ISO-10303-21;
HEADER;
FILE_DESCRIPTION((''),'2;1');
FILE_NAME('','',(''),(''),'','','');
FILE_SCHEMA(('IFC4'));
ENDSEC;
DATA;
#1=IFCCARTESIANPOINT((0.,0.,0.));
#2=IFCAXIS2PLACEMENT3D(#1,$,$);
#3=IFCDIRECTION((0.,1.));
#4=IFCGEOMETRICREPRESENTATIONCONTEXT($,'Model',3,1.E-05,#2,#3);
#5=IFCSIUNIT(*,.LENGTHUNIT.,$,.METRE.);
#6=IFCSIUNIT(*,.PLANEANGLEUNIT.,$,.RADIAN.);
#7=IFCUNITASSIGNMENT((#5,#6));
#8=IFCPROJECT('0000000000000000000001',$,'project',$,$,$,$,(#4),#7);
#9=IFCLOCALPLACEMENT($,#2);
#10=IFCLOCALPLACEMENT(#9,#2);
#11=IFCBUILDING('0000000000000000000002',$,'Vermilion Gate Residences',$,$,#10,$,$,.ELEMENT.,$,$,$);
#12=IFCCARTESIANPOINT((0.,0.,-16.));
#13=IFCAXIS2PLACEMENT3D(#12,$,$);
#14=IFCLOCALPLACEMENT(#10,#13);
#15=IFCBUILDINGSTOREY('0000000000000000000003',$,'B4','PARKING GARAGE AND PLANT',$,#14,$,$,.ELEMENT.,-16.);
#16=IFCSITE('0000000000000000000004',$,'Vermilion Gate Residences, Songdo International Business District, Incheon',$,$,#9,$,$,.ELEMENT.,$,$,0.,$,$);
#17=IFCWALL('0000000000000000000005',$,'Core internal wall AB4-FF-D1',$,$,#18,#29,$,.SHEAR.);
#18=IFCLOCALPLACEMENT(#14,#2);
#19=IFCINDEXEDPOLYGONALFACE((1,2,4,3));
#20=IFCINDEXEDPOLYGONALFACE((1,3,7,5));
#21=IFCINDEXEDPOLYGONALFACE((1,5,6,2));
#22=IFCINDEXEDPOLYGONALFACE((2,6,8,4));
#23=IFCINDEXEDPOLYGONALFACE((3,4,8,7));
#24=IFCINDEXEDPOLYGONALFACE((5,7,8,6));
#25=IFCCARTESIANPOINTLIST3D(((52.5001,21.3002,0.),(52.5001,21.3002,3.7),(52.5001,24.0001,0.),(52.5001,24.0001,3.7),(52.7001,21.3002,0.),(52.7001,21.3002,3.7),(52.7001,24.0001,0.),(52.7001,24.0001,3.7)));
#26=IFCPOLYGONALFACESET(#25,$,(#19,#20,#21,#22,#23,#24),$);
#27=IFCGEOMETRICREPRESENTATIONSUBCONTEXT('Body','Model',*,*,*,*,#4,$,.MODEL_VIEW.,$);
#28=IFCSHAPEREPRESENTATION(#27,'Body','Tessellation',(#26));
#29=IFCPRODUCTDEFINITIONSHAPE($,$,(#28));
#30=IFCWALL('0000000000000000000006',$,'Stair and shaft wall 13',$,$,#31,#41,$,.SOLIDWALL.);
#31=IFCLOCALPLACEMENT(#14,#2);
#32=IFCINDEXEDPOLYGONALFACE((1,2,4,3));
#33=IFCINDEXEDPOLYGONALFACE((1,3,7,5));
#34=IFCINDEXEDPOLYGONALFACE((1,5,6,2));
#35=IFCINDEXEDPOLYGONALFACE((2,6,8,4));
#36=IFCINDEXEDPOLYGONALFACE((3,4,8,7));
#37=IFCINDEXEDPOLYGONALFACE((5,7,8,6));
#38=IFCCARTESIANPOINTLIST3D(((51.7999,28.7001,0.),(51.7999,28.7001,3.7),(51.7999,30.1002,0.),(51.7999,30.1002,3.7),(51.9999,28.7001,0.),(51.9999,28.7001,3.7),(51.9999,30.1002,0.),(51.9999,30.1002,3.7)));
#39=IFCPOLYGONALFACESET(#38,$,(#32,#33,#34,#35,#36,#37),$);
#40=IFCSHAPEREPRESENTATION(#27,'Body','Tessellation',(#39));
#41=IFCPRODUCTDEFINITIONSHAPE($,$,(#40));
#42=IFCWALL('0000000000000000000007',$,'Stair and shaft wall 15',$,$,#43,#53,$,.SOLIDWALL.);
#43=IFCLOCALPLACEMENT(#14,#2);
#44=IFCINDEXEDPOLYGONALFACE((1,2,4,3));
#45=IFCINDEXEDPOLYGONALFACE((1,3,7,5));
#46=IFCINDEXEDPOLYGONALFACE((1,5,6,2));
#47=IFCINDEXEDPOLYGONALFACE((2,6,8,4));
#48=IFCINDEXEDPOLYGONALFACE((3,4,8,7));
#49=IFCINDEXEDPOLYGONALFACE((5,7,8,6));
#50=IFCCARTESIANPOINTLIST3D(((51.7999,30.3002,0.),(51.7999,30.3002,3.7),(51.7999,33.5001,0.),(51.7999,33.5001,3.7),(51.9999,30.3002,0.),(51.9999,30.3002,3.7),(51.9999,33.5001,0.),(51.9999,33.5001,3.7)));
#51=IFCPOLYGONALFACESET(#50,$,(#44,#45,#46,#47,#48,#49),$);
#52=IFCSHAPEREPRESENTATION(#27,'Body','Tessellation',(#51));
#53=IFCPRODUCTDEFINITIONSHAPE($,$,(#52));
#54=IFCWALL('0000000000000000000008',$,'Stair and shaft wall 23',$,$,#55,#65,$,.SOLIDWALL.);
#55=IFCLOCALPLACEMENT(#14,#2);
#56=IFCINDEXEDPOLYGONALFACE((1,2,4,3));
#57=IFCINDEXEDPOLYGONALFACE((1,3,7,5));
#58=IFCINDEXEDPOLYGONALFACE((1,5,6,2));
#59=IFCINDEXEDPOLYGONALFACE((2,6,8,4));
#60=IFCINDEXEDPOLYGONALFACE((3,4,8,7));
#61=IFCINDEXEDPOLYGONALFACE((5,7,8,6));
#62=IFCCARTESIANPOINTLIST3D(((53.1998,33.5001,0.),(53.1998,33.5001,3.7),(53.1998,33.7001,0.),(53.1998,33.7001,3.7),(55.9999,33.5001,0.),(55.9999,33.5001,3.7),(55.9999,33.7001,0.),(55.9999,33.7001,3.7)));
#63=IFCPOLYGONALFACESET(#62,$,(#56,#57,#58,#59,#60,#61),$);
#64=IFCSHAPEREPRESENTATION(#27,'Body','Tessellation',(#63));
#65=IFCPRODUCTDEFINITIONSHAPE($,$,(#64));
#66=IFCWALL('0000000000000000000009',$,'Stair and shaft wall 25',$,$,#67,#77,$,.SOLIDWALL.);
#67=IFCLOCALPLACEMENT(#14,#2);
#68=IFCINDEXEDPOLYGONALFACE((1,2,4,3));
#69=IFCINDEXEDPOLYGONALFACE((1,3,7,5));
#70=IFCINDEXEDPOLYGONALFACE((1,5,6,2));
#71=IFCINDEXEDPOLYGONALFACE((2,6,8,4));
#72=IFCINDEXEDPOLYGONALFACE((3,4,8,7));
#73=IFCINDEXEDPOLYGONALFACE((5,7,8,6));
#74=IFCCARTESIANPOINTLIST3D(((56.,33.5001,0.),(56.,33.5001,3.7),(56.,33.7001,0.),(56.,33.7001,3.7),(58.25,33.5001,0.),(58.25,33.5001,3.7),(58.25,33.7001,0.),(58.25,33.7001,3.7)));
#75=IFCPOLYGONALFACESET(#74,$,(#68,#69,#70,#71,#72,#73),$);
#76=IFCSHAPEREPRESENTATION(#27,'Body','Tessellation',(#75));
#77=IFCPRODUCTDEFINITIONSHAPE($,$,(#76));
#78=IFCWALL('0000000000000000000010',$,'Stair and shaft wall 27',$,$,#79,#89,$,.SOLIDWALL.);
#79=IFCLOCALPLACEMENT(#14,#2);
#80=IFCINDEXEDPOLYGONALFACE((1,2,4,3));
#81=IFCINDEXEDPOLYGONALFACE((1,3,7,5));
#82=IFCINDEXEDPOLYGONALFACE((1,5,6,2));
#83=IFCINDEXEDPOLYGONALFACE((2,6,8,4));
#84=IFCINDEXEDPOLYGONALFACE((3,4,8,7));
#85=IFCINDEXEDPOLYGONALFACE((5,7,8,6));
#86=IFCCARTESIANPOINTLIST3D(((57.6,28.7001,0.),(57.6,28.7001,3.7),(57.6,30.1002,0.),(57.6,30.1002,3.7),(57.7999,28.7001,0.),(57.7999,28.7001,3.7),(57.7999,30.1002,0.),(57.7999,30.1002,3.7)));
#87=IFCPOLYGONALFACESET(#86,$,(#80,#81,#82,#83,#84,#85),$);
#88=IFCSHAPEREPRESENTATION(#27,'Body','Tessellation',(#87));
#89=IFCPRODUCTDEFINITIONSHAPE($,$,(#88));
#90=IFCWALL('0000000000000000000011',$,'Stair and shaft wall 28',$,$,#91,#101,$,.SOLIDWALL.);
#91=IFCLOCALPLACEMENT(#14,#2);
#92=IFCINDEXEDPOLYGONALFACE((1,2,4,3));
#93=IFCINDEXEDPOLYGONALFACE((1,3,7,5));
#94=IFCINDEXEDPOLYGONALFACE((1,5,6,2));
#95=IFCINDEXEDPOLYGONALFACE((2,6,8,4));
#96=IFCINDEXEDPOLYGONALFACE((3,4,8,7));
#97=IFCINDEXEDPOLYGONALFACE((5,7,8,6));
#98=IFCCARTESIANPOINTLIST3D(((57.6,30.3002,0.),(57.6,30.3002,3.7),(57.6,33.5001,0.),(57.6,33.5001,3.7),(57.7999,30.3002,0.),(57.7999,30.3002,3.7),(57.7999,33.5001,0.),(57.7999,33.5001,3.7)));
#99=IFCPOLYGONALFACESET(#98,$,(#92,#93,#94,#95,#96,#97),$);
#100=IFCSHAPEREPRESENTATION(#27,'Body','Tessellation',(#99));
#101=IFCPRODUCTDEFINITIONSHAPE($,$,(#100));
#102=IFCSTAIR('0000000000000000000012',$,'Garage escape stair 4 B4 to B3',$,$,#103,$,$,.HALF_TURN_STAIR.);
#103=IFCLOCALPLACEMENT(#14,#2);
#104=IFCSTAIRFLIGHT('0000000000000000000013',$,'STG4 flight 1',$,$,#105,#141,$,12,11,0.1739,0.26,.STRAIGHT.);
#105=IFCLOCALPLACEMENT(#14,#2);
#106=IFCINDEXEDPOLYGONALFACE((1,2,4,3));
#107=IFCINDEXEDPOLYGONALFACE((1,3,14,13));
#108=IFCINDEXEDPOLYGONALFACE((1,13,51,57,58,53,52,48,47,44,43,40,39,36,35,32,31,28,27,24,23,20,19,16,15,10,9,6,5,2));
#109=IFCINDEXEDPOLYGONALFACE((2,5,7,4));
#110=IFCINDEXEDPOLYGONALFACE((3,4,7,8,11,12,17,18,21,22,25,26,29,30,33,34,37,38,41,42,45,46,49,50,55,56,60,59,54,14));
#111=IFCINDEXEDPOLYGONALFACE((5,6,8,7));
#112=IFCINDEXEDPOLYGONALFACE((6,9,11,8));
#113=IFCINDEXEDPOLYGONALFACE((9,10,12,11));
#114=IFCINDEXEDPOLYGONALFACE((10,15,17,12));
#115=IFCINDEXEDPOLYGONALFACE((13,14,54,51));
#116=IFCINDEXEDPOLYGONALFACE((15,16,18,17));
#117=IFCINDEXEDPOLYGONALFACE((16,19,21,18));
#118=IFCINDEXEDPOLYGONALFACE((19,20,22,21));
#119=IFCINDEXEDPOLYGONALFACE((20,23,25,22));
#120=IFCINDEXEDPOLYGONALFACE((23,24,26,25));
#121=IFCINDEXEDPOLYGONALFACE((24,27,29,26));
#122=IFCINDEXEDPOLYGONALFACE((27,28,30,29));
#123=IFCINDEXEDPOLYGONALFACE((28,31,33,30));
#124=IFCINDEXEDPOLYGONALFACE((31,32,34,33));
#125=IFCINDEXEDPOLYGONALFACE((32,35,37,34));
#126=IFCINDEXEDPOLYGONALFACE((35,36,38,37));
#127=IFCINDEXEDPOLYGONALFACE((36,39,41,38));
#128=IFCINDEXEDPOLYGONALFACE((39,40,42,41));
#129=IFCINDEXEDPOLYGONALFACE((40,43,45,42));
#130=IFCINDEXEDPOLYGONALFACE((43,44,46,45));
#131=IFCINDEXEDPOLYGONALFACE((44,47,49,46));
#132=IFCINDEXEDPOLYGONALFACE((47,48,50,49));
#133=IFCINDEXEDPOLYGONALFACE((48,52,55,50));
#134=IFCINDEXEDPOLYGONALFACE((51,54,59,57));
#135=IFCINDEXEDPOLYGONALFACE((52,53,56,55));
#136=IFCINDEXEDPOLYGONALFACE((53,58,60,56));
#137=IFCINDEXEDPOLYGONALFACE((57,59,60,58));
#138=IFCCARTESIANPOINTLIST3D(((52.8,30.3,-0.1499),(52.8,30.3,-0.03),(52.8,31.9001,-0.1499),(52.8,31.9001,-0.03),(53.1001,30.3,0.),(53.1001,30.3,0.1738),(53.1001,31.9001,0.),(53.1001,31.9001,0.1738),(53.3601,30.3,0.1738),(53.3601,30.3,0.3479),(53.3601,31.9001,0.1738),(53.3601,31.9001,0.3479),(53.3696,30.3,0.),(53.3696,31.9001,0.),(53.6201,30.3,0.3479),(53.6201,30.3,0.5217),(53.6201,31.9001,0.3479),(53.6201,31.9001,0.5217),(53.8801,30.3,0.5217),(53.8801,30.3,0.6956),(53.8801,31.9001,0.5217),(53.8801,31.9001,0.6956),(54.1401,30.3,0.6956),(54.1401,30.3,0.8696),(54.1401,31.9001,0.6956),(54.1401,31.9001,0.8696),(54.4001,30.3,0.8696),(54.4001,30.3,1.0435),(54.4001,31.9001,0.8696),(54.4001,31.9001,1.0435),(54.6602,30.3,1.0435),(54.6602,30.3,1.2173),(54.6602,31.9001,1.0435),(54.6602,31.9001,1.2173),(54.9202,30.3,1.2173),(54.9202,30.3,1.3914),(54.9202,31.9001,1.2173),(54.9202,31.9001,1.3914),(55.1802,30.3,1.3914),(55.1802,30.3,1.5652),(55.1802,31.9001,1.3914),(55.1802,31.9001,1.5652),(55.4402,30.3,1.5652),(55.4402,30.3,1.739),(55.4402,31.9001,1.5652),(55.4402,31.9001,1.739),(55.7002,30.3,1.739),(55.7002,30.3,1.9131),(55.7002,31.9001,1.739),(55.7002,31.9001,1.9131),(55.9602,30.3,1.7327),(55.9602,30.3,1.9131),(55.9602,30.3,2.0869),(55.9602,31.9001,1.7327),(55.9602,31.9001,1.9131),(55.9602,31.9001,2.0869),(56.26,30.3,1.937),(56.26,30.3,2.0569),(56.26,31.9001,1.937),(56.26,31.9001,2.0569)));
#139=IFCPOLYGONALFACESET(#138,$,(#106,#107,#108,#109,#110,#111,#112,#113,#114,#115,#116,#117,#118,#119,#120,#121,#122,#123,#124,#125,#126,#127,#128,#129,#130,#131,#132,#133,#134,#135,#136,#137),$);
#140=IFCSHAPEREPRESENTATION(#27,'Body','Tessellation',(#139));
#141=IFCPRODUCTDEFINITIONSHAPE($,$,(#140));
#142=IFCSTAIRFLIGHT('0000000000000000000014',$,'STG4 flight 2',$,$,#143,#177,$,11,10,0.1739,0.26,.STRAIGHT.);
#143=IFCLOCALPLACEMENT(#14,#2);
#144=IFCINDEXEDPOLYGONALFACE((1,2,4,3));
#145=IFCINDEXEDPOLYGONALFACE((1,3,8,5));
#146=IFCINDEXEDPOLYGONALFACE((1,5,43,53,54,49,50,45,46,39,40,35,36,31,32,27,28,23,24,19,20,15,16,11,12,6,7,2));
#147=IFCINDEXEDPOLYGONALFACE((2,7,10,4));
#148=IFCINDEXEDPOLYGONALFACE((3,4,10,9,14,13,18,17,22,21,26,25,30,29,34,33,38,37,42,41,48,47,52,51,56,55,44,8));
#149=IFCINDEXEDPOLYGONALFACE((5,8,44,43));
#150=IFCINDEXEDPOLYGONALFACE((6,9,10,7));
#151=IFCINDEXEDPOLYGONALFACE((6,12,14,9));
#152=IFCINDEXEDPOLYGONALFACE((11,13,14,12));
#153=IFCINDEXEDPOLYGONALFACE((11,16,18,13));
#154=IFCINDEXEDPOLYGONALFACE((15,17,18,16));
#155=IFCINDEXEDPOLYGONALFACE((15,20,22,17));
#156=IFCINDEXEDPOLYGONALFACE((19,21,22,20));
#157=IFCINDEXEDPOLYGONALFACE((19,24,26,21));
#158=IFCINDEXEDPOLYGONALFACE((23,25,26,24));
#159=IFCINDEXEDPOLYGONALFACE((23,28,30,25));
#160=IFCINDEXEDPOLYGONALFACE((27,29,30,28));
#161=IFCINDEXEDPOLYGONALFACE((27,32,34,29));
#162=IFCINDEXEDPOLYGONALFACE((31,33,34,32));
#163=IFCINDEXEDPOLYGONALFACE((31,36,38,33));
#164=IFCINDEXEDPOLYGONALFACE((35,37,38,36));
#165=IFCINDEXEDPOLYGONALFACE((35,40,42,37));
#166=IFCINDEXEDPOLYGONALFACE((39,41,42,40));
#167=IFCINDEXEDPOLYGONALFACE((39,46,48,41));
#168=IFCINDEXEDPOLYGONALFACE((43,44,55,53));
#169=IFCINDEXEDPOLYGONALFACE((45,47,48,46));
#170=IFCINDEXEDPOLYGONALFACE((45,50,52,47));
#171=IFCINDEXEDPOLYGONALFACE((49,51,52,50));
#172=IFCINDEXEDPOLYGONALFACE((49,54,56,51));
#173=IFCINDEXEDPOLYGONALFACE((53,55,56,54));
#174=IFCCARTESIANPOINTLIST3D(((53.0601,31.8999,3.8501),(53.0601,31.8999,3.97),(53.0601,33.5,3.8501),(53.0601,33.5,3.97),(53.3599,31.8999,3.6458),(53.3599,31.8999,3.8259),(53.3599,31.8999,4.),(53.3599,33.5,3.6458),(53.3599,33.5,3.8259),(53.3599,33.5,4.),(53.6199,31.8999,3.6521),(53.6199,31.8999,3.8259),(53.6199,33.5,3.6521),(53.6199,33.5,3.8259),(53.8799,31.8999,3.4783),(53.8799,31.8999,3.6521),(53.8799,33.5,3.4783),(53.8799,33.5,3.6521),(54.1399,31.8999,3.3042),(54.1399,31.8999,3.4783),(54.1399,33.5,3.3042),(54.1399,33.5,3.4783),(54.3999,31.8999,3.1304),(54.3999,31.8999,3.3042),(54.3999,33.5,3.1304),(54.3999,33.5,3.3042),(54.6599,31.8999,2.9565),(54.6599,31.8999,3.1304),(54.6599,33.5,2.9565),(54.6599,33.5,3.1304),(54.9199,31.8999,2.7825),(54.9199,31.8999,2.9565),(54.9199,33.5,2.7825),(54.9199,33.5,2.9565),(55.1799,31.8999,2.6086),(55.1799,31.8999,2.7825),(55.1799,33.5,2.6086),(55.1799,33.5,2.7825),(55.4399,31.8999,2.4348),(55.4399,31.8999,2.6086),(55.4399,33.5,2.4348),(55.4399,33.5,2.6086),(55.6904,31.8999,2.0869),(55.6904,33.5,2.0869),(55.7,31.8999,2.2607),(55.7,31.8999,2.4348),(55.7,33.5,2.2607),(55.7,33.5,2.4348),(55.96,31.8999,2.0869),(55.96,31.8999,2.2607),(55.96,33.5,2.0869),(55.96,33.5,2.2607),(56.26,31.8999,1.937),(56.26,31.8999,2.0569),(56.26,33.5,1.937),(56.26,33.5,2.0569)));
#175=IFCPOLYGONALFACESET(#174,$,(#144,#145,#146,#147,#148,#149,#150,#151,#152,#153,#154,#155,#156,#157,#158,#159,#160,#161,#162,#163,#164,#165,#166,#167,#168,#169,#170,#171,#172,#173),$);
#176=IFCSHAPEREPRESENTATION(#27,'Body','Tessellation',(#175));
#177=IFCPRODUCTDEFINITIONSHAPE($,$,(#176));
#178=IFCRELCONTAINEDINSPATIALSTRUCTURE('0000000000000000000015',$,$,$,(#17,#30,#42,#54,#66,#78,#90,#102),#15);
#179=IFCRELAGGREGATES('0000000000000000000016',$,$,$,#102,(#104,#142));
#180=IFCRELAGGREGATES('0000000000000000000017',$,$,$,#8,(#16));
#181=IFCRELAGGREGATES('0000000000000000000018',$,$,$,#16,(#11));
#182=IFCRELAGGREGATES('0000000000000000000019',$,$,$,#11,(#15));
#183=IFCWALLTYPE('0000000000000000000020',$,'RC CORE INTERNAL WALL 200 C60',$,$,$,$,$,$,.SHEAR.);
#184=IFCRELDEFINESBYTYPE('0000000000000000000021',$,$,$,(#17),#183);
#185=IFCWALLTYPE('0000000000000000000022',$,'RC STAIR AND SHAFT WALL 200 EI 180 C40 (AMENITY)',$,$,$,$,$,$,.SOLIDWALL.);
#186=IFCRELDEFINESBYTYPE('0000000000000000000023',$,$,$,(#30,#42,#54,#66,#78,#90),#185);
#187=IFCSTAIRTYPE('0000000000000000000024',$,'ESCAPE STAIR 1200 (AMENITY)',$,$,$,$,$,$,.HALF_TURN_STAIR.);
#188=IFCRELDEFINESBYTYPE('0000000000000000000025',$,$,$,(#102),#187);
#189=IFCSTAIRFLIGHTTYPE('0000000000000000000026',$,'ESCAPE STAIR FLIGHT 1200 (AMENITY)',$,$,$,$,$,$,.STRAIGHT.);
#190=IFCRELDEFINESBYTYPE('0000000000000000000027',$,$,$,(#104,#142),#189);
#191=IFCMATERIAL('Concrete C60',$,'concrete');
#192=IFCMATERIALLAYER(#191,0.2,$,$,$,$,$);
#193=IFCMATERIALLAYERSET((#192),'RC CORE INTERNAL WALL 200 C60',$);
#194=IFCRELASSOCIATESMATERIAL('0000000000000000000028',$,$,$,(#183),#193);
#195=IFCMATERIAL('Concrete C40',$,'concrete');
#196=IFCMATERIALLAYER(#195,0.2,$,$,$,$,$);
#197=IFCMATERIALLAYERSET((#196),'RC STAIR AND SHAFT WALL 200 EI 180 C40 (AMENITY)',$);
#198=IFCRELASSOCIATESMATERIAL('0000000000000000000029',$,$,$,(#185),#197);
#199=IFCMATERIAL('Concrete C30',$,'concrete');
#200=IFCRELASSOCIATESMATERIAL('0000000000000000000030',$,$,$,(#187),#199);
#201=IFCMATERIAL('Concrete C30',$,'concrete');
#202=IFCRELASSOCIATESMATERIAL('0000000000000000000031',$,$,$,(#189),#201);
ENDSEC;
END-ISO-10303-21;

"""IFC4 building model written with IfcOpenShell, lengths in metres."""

from ifc_helpers import new_model, si_unit, direction, frame, frame_2d, origin, place, context, subcontext, project, spatial, polyline, rectangle, outline, extrude, material, layer, layer_set, type_object, element, aggregate, save


model = new_model("IFC4")

# Units and contexts
model_context = context("Model", 3, precision=1e-05, world=origin(), true_north=direction((0.0, 1.0)))
body_context = subcontext(model_context, "Body", "Model", "MODEL_VIEW")
ifc_project = project(units=[si_unit("LENGTHUNIT", "METRE"), si_unit("PLANEANGLEUNIT", "RADIAN")], contexts=[model_context])

# Site, building, storey
site_placement = place(None, origin())
site = spatial("IfcSite", under=ifc_project, at=site_placement, Name="Vermilion Gate Residences, Songdo International Business District, Incheon", CompositionType="ELEMENT", RefElevation=0.0)
building_placement = place(site_placement, origin())
building = spatial("IfcBuilding", under=site, at=building_placement, Name="Vermilion Gate Residences", CompositionType="ELEMENT")
storey_placement = place(building_placement, frame((0.0, 0.0, -16.0)))
storey = spatial("IfcBuildingStorey", under=building, at=storey_placement, Name="B4", Description="PARKING GARAGE AND PLANT", CompositionType="ELEMENT", Elevation=-16.0)

# Walls
ifc_material_1 = material(Name="Concrete C60", Category="concrete")
ifc_layer_1 = layer(ifc_material_1, 0.2)
ifc_layer_set_1 = layer_set([ifc_layer_1], Name="RC CORE INTERNAL WALL 200 C60")
wall_type_1 = type_object("IfcWallType", Name="RC CORE INTERNAL WALL 200 C60", PredefinedType="SHEAR", material=ifc_layer_set_1)
wall_1_placement = place(storey_placement, frame((52.6001, 21.3, 0.0), z_axis=(0.0, 0.0, 1.0), x_axis=(0.0, 1.0, 0.0)))
element("IfcWall", 1, at=wall_1_placement, inside=storey, type_object=wall_type_1, Name="Core internal wall AB4-FF-D1", PredefinedType="SHEAR", context=body_context, shape_type="SweptSolid", body=[
    extrude(rectangle(XDim=2.7, YDim=0.2, at=frame_2d((1.3501, 0.0))), origin(), (0.0, 0.0, 1.0), 3.7),
])
ifc_material_2 = material(Name="Concrete C40", Category="concrete")
ifc_layer_2 = layer(ifc_material_2, 0.2)
ifc_layer_set_2 = layer_set([ifc_layer_2], Name="RC STAIR AND SHAFT WALL 200 EI 180 C40 (AMENITY)")
wall_type_2 = type_object("IfcWallType", Name="RC STAIR AND SHAFT WALL 200 EI 180 C40 (AMENITY)", PredefinedType="SOLIDWALL", material=ifc_layer_set_2)
wall_2_placement = place(storey_placement, frame((51.8999, 28.7, 0.0), z_axis=(0.0, 0.0, 1.0), x_axis=(0.0, 1.0, 0.0)))
element("IfcWall", 2, at=wall_2_placement, inside=storey, type_object=wall_type_2, Name="Stair and shaft wall 13", PredefinedType="SOLIDWALL", context=body_context, shape_type="SweptSolid", body=[
    extrude(rectangle(XDim=1.4001, YDim=0.2, at=frame_2d((0.7002, 0.0))), origin(), (0.0, 0.0, 1.0), 3.7),
])
wall_3_placement = place(storey_placement, frame((51.8999, 30.3, 0.0), z_axis=(0.0, 0.0, 1.0), x_axis=(0.0, 1.0, 0.0)))
element("IfcWall", 3, at=wall_3_placement, inside=storey, type_object=wall_type_2, Name="Stair and shaft wall 15", PredefinedType="SOLIDWALL", context=body_context, shape_type="SweptSolid", body=[
    extrude(rectangle(XDim=3.2, YDim=0.2, at=frame_2d((1.6001, 0.0))), origin(), (0.0, 0.0, 1.0), 3.7),
])
wall_4_placement = place(storey_placement, frame((53.2, 33.6001, 0.0), z_axis=(0.0, 0.0, 1.0), x_axis=(1.0, 0.0, 0.0)))
element("IfcWall", 4, at=wall_4_placement, inside=storey, type_object=wall_type_2, Name="Stair and shaft wall 23", PredefinedType="SOLIDWALL", context=body_context, shape_type="SweptSolid", body=[
    extrude(rectangle(XDim=2.8, YDim=0.2, at=frame_2d((1.3999, 0.0))), origin(), (0.0, 0.0, 1.0), 3.7),
])
wall_5_placement = place(storey_placement, frame((56.0, 33.6001, 0.0), z_axis=(0.0, 0.0, 1.0), x_axis=(1.0, 0.0, 0.0)))
element("IfcWall", 5, at=wall_5_placement, inside=storey, type_object=wall_type_2, Name="Stair and shaft wall 25", PredefinedType="SOLIDWALL", context=body_context, shape_type="SweptSolid", body=[
    extrude(rectangle(XDim=2.25, YDim=0.2, at=frame_2d((1.125, 0.0))), origin(), (0.0, 0.0, 1.0), 3.7),
])
wall_6_placement = place(storey_placement, frame((57.7, 28.7, 0.0), z_axis=(0.0, 0.0, 1.0), x_axis=(0.0, 1.0, 0.0)))
element("IfcWall", 6, at=wall_6_placement, inside=storey, type_object=wall_type_2, Name="Stair and shaft wall 27", PredefinedType="SOLIDWALL", context=body_context, shape_type="SweptSolid", body=[
    extrude(rectangle(XDim=1.4001, YDim=0.2, at=frame_2d((0.7002, 0.0))), origin(), (0.0, 0.0, 1.0), 3.7),
])
wall_7_placement = place(storey_placement, frame((57.7, 30.3, 0.0), z_axis=(0.0, 0.0, 1.0), x_axis=(0.0, 1.0, 0.0)))
element("IfcWall", 7, at=wall_7_placement, inside=storey, type_object=wall_type_2, Name="Stair and shaft wall 28", PredefinedType="SOLIDWALL", context=body_context, shape_type="SweptSolid", body=[
    extrude(rectangle(XDim=3.2, YDim=0.2, at=frame_2d((1.6001, 0.0))), origin(), (0.0, 0.0, 1.0), 3.7),
])

# Stair, stair flights
ifc_material_3 = material(Name="Concrete C30", Category="concrete")
stair_type = type_object("IfcStairType", Name="ESCAPE STAIR 1200 (AMENITY)", PredefinedType="HALF_TURN_STAIR", material=ifc_material_3)
stair_placement = place(storey_placement, origin())
stair = element("IfcStair", 8, at=stair_placement, inside=storey, type_object=stair_type, Name="Garage escape stair 4 B4 to B3", PredefinedType="HALF_TURN_STAIR")
ifc_material_4 = material(Name="Concrete C30", Category="concrete")
stair_flight_type = type_object("IfcStairFlightType", Name="ESCAPE STAIR FLIGHT 1200 (AMENITY)", PredefinedType="STRAIGHT", material=ifc_material_4)
stair_flight_1_placement = place(storey_placement, frame((53.1001, 31.1001, 0.0), z_axis=(0.0, 0.0, 1.0), x_axis=(1.0, 0.0, 0.0)))
stair_flight_1 = element("IfcStairFlight", 9, at=stair_flight_1_placement, type_object=stair_flight_type, Name="STG4 flight 1", NumberOfRisers=12, NumberOfTreads=11, PredefinedType="STRAIGHT", RiserHeight=0.1739, TreadLength=0.26, context=body_context, shape_type="SweptSolid", body=[
    extrude(outline(polyline([(-0.3, -0.1499), (-0.3, -0.03), (0.0, 0.0), (0.0, 0.1738), (0.26, 0.1738), (0.26, 0.3479), (0.52, 0.3479), (0.52, 0.5217), (0.78, 0.5217), (0.78, 0.6956), (1.04, 0.6956), (1.04, 0.8696), (1.3, 0.8696), (1.3, 1.0435), (1.5601, 1.0435), (1.5601, 1.2173), (1.8201, 1.2173), (1.8201, 1.3914), (2.0801, 1.3914), (2.0801, 1.5652), (2.3401, 1.5652), (2.3401, 1.739), (2.6001, 1.739), (2.6001, 1.9131), (2.8601, 1.9131), (2.8601, 2.0869), (3.1599, 2.0569), (3.1599, 1.937), (2.8601, 1.7327), (0.2695, 0.0), (-0.3, -0.1499)])), frame((0.0, 0.8, 0.0), z_axis=(0.0, -1.0, 0.0), x_axis=(1.0, 0.0, 0.0)), (0.0, 0.0, 1.0), 1.6001),
])
stair_flight_2_placement = place(storey_placement, frame((55.96, 32.7, 2.0869), z_axis=(0.0, 0.0, 1.0), x_axis=(-1.0, 0.0, 0.0)))
stair_flight_2 = element("IfcStairFlight", 10, at=stair_flight_2_placement, type_object=stair_flight_type, Name="STG4 flight 2", NumberOfRisers=11, NumberOfTreads=10, PredefinedType="STRAIGHT", RiserHeight=0.1739, TreadLength=0.26, context=body_context, shape_type="SweptSolid", body=[
    extrude(outline(polyline([(-0.3, -0.1499), (-0.3, -0.03), (0.0, 0.0), (0.0, 0.1738), (0.26, 0.1738), (0.26, 0.3479), (0.52, 0.3479), (0.52, 0.5217), (0.78, 0.5217), (0.78, 0.6956), (1.04, 0.6956), (1.04, 0.8696), (1.3, 0.8696), (1.3, 1.0435), (1.5601, 1.0435), (1.5601, 1.2173), (1.8201, 1.2173), (1.8201, 1.3914), (2.0801, 1.3914), (2.0801, 1.5652), (2.3401, 1.5652), (2.3401, 1.739), (2.6001, 1.739), (2.6001, 1.9131), (2.8999, 1.8831), (2.8999, 1.7632), (2.6001, 1.5588), (0.2695, 0.0), (-0.3, -0.1499)])), frame((0.0, 0.8, 0.0), z_axis=(0.0, -1.0, 0.0), x_axis=(1.0, 0.0, 0.0)), (0.0, 0.0, 1.0), 1.6001),
])
aggregate(stair, [stair_flight_1, stair_flight_2])

save(model, "model.ifc")
